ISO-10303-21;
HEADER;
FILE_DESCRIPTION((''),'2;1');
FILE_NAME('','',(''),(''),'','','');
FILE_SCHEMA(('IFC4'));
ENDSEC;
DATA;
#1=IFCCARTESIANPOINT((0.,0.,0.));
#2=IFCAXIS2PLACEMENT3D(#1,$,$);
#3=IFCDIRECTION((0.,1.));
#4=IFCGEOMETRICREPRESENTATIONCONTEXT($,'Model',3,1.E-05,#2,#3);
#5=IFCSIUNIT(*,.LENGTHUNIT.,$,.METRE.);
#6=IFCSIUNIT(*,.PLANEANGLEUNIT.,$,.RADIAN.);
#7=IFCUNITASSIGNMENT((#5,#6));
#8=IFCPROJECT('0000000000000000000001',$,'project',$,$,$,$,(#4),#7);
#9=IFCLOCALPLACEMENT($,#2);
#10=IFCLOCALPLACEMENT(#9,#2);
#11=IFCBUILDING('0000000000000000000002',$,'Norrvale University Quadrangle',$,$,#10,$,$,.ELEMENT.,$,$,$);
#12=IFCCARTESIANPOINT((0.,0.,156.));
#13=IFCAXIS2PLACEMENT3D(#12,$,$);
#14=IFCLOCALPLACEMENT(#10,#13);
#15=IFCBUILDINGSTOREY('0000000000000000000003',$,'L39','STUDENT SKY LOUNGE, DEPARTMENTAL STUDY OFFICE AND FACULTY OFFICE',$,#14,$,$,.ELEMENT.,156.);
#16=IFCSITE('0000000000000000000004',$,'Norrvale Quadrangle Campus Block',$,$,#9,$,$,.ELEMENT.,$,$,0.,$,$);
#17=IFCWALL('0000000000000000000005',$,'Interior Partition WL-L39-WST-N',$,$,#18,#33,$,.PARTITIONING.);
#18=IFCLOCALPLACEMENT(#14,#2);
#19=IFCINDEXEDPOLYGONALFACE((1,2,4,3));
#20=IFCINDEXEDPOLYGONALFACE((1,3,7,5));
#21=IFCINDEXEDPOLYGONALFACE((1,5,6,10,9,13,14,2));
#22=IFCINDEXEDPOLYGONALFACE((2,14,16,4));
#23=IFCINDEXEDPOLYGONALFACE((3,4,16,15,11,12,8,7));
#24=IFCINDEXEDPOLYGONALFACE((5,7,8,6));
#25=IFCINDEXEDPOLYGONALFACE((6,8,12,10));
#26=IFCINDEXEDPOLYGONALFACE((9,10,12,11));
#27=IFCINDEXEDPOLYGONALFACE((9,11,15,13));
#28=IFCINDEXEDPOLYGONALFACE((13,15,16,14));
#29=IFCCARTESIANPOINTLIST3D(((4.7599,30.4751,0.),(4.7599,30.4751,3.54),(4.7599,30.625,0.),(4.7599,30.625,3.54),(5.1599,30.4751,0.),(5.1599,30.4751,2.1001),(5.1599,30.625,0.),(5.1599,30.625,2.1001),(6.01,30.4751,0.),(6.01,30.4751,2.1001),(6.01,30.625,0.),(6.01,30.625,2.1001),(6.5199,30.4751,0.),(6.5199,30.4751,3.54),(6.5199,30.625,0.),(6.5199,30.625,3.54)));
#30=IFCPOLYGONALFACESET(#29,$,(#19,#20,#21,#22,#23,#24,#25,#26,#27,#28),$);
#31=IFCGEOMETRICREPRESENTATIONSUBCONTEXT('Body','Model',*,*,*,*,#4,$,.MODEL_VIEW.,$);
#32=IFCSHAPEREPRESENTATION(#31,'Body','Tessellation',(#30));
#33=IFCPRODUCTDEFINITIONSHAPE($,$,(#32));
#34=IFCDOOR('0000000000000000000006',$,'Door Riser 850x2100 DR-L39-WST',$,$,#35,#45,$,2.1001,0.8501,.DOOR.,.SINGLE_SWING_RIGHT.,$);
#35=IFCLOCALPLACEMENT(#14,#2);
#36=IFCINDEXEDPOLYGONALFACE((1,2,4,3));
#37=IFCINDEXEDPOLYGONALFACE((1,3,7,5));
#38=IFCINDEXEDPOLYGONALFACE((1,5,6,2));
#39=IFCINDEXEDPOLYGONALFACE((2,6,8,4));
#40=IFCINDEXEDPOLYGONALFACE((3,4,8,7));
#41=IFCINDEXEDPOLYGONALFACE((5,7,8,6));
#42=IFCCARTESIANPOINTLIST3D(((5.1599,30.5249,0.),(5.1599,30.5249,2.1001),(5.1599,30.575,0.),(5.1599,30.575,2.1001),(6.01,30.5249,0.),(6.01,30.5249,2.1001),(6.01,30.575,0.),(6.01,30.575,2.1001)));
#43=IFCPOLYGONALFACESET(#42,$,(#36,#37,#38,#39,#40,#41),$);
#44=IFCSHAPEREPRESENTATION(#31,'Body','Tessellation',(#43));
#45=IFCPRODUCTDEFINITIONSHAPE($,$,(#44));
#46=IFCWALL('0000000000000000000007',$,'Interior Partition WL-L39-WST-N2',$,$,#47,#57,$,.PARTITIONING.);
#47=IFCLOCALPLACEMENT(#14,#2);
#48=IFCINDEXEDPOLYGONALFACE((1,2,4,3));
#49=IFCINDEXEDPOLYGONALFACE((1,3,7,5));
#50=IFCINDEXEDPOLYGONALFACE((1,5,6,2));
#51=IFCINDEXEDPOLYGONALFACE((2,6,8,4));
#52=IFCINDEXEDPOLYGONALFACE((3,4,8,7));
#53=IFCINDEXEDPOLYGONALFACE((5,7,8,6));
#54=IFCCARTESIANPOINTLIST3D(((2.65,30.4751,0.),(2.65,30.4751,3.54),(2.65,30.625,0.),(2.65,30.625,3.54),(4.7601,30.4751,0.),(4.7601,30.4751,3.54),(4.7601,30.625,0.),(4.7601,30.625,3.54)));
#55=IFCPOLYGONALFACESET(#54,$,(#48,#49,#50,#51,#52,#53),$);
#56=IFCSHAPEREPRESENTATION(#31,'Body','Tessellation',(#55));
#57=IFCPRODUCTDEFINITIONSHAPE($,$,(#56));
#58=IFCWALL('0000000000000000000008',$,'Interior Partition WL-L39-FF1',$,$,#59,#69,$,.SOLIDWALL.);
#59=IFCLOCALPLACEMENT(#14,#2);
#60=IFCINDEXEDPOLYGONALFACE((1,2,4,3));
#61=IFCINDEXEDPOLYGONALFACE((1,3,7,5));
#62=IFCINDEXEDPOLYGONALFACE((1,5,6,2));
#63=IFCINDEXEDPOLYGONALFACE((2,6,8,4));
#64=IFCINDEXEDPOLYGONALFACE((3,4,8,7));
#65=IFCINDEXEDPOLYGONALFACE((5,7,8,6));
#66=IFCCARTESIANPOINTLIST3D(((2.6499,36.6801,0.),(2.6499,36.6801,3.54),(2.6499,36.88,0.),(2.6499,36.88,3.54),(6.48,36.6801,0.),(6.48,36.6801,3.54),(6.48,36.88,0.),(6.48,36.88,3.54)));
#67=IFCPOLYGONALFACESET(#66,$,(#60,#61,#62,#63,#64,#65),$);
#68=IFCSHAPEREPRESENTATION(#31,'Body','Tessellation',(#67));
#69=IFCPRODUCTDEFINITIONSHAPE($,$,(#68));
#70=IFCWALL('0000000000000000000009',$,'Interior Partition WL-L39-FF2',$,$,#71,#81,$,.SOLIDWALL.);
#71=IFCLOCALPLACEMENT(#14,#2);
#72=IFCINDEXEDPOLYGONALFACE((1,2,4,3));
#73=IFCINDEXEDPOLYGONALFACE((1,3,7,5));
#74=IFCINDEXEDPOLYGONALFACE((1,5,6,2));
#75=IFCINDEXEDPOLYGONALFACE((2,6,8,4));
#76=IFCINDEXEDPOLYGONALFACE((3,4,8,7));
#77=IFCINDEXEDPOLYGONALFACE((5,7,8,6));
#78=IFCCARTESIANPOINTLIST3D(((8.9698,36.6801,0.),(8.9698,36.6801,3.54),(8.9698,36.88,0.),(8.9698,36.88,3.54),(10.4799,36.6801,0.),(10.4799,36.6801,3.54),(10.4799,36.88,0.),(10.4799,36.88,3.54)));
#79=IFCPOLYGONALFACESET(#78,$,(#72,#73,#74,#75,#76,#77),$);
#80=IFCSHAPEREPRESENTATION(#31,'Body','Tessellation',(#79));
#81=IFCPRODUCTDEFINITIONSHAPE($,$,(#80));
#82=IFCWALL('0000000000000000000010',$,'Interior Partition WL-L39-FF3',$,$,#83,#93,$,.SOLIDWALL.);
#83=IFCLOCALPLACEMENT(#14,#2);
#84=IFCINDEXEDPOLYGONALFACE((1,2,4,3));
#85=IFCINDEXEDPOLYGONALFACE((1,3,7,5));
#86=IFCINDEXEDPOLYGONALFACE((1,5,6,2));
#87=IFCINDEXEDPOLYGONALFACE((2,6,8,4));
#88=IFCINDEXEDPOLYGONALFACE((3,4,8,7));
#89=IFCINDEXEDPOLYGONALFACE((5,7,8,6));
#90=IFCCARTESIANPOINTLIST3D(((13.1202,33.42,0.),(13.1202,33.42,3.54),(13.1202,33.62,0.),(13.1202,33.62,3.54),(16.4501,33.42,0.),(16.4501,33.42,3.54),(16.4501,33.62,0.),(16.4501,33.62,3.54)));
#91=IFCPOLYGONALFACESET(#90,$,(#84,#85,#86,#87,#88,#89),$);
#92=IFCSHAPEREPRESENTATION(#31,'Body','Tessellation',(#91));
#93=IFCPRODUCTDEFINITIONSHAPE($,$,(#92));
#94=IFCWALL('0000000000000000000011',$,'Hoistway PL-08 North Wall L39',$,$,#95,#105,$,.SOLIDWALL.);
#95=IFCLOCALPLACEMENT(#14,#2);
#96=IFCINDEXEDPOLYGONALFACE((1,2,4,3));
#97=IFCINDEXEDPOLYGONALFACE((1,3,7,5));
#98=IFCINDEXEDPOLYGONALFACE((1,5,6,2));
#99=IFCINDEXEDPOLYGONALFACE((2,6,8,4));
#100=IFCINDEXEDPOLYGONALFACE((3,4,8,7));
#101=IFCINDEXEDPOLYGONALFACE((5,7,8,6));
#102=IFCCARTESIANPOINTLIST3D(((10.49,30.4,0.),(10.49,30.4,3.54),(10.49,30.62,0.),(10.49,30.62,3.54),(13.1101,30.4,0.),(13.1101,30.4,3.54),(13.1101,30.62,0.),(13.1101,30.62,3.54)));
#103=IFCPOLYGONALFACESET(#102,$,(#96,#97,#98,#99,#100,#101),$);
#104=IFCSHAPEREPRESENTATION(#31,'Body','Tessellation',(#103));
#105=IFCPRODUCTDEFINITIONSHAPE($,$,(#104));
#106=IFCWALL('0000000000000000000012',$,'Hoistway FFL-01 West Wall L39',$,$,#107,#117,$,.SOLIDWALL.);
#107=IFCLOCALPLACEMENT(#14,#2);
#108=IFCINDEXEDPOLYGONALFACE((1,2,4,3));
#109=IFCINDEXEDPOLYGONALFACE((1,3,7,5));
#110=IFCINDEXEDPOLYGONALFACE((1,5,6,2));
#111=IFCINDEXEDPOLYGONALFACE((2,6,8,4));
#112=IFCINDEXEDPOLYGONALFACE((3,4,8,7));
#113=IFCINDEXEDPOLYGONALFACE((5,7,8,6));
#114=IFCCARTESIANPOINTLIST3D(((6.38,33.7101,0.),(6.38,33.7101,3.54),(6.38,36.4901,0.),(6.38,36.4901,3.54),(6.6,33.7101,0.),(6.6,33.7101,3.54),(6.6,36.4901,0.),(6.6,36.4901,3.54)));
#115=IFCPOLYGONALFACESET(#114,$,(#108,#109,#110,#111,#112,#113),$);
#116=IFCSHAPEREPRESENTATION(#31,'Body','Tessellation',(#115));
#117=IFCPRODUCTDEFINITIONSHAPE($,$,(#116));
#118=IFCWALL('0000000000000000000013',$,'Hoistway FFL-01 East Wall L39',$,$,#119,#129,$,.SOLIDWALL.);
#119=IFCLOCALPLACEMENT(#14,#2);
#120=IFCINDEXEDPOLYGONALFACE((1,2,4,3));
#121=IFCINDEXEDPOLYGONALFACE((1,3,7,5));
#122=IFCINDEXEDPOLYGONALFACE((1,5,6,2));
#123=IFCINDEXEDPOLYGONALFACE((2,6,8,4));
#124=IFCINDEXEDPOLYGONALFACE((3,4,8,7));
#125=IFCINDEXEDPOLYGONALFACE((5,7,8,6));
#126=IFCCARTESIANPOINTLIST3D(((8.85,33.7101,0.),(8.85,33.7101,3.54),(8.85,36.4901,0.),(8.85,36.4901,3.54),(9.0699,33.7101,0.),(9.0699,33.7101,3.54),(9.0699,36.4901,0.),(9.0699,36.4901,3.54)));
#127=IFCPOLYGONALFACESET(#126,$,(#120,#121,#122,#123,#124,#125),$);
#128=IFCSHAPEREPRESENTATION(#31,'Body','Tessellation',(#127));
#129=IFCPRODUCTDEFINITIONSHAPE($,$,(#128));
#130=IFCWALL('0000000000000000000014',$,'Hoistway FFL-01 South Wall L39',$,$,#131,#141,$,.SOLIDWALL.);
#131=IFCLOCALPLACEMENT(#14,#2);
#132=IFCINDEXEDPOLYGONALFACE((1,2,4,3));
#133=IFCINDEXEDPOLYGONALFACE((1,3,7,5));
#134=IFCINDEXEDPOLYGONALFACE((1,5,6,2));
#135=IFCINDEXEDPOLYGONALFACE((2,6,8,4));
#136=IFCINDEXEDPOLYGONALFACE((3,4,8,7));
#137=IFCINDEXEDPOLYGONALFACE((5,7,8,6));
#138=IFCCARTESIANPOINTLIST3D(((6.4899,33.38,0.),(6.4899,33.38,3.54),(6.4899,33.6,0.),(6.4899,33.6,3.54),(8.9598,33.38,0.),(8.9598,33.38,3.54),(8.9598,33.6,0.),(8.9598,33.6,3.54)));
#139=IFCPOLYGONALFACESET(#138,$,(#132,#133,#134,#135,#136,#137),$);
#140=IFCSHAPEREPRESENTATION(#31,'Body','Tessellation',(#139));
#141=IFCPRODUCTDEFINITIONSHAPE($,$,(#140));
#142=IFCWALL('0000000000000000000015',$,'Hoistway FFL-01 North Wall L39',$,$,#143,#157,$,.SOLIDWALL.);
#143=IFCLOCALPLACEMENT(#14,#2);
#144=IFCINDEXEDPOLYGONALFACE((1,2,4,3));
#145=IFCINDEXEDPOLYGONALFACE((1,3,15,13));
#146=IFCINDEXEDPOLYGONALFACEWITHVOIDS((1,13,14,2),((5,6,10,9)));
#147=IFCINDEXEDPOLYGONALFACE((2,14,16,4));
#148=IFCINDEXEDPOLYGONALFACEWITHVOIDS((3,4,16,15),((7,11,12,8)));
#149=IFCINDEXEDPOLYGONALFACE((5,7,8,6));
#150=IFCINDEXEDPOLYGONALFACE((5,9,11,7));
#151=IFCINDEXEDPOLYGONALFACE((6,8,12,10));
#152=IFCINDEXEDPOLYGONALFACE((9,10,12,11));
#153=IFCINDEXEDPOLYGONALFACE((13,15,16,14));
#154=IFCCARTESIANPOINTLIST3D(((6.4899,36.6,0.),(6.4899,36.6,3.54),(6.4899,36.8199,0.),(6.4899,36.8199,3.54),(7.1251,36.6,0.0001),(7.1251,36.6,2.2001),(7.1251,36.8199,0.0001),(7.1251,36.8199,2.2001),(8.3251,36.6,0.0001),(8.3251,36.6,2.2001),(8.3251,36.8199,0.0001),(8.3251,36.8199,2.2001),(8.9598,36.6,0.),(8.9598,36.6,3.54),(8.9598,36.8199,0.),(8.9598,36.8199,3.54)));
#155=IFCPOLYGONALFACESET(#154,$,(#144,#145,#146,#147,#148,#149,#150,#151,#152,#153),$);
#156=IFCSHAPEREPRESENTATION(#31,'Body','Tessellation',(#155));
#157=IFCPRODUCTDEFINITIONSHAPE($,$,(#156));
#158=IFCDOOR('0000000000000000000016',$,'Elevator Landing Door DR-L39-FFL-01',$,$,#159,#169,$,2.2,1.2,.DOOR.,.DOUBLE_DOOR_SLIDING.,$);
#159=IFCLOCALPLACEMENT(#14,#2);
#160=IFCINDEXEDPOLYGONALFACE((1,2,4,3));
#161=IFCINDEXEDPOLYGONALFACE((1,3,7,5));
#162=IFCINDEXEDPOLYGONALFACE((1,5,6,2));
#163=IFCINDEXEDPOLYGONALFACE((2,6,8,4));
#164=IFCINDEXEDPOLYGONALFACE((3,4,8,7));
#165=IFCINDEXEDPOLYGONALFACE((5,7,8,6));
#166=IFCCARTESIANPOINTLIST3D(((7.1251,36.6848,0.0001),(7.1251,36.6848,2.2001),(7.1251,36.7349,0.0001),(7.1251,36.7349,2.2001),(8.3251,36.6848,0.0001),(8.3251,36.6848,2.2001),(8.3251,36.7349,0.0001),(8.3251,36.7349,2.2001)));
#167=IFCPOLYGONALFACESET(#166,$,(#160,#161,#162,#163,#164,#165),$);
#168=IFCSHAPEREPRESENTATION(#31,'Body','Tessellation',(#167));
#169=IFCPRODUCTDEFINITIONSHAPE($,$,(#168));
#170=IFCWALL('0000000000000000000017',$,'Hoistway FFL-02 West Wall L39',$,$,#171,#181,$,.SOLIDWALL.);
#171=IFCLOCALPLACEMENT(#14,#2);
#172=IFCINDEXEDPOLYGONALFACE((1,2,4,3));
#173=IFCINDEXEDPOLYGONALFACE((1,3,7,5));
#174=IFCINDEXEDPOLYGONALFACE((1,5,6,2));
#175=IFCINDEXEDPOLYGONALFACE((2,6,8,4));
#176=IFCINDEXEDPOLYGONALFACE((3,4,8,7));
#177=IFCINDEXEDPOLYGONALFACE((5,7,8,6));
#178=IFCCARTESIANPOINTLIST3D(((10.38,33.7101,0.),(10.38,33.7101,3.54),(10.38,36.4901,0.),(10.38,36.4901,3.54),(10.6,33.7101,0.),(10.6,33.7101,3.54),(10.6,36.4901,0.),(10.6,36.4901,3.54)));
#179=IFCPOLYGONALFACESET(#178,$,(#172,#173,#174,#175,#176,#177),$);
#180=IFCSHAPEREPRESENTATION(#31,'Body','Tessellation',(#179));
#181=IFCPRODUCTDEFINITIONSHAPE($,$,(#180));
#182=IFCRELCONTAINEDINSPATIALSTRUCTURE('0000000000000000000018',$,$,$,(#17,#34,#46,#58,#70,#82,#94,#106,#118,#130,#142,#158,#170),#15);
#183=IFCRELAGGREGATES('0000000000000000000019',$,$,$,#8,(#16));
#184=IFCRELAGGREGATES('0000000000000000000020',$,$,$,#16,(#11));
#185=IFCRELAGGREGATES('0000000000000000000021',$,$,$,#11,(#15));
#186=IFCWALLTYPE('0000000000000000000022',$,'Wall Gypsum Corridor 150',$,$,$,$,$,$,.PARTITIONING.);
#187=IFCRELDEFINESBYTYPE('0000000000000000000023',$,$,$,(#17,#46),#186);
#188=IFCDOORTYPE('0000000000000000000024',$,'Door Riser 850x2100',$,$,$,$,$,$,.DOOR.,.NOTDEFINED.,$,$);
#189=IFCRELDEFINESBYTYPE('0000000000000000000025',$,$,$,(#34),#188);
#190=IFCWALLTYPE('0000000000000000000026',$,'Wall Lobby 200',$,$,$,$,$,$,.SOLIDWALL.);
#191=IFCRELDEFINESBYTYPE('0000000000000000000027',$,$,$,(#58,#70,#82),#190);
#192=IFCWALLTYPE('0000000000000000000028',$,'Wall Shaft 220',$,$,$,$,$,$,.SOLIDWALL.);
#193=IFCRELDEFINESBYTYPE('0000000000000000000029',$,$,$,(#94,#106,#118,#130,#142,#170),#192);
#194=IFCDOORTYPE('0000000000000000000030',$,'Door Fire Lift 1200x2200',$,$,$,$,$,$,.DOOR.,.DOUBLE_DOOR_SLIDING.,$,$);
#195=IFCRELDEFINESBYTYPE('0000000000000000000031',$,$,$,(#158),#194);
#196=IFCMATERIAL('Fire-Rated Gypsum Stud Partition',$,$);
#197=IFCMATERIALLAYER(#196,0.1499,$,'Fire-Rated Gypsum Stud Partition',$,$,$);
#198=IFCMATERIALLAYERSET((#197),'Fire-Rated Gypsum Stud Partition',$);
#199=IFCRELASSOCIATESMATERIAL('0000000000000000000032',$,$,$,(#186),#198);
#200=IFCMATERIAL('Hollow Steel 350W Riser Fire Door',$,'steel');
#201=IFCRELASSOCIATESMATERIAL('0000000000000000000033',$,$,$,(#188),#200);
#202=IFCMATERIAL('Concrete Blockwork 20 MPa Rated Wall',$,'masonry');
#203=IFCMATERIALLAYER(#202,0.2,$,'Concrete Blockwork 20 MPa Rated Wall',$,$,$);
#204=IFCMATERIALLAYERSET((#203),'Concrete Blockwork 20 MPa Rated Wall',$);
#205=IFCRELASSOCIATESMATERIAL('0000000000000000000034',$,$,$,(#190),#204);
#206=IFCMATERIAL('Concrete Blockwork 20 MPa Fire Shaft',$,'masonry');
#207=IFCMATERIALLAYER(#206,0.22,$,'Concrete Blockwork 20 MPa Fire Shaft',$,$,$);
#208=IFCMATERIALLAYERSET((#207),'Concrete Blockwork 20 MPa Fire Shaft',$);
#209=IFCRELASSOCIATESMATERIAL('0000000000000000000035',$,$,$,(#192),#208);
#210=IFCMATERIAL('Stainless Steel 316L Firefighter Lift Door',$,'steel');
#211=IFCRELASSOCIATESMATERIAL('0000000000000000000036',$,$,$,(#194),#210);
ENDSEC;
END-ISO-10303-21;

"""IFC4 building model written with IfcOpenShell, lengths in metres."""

from ifc_helpers import new_model, si_unit, direction, frame, frame_2d, origin, place, context, subcontext, project, spatial, rectangle, extrude, material, layer, layer_set, type_object, element, fill, save


model = new_model("IFC4")

# Units and contexts
model_context = context("Model", 3, precision=1e-05, world=origin(), true_north=direction((0.0, 1.0)))
body_context = subcontext(model_context, "Body", "Model", "MODEL_VIEW")
ifc_project = project(units=[si_unit("LENGTHUNIT", "METRE"), si_unit("PLANEANGLEUNIT", "RADIAN")], contexts=[model_context])

# Site, building, storey
site_placement = place(None, origin())
site = spatial("IfcSite", under=ifc_project, at=site_placement, Name="Norrvale Quadrangle Campus Block", CompositionType="ELEMENT", RefElevation=0.0)
building_placement = place(site_placement, origin())
building = spatial("IfcBuilding", under=site, at=building_placement, Name="Norrvale University Quadrangle", CompositionType="ELEMENT")
storey_placement = place(building_placement, frame((0.0, 0.0, 156.0)))
storey = spatial("IfcBuildingStorey", under=building, at=storey_placement, Name="L39", Description="STUDENT SKY LOUNGE, DEPARTMENTAL STUDY OFFICE AND FACULTY OFFICE", CompositionType="ELEMENT", Elevation=156.0)

# Shared definitions
ifc_material_1 = material(Name="Fire-Rated Gypsum Stud Partition")
ifc_layer_1 = layer(ifc_material_1, 0.1499, Name="Fire-Rated Gypsum Stud Partition")
ifc_layer_set_1 = layer_set([ifc_layer_1], Name="Fire-Rated Gypsum Stud Partition")
wall_type_1 = type_object("IfcWallType", Name="Wall Gypsum Corridor 150", PredefinedType="PARTITIONING", material=ifc_layer_set_1)

# Wall, opening, door
ifc_material_2 = material(Name="Hollow Steel 350W Riser Fire Door", Category="steel")
door_type_1 = type_object("IfcDoorType", Name="Door Riser 850x2100", OperationType="NOTDEFINED", PredefinedType="DOOR", material=ifc_material_2)
wall_1_placement = place(storey_placement, frame((4.76, 30.55, 0.0), z_axis=(0.0, 0.0, 1.0), x_axis=(1.0, 0.0, 0.0)))
wall_1 = element("IfcWall", 1, at=wall_1_placement, inside=storey, type_object=wall_type_1, Name="Interior Partition WL-L39-WST-N", PredefinedType="PARTITIONING", context=body_context, shape_type="SweptSolid", body=[
    extrude(rectangle(XDim=1.76, YDim=0.1499, at=frame_2d((0.8799, 0.0))), origin(), (0.0, 0.0, 1.0), 3.54),
])
opening_1_placement = place(wall_1_placement, frame((0.3999, 0.0, 0.0)))
opening_1 = element("IfcOpeningElement", 2, at=opening_1_placement, cuts=wall_1, PredefinedType="OPENING", context=body_context, shape_type="SweptSolid", body=[
    extrude(rectangle(XDim=0.8501, YDim=2.1001, at=frame_2d((0.425, 1.05))), frame((0.0, 0.0869, 0.0), z_axis=(0.0, -1.0, 0.0), x_axis=(1.0, 0.0, 0.0)), (0.0, 0.0, 1.0), 0.1738),
])
door_1_placement = place(opening_1_placement, origin())
door_1 = element("IfcDoor", 3, at=door_1_placement, inside=storey, type_object=door_type_1, Name="Door Riser 850x2100 DR-L39-WST", OperationType="SINGLE_SWING_RIGHT", OverallHeight=2.1001, OverallWidth=0.8501, PredefinedType="DOOR", context=body_context, shape_type="SweptSolid", body=[
    extrude(rectangle(XDim=0.8501, YDim=2.1001, at=frame_2d((0.425, 1.05))), frame((0.0, 0.0249, 0.0), z_axis=(0.0, -1.0, 0.0), x_axis=(1.0, 0.0, 0.0)), (0.0, 0.0, 1.0), 0.05),
])
fill(opening_1, door_1)

# Walls
wall_2_placement = place(storey_placement, frame((2.6499, 30.55, 0.0), z_axis=(0.0, 0.0, 1.0), x_axis=(1.0, 0.0, 0.0)))
element("IfcWall", 4, at=wall_2_placement, inside=storey, type_object=wall_type_1, Name="Interior Partition WL-L39-WST-N2", PredefinedType="PARTITIONING", context=body_context, shape_type="SweptSolid", body=[
    extrude(rectangle(XDim=2.1101, YDim=0.1499, at=frame_2d((1.0552, 0.0))), origin(), (0.0, 0.0, 1.0), 3.54),
])
ifc_material_3 = material(Name="Concrete Blockwork 20 MPa Rated Wall", Category="masonry")
ifc_layer_2 = layer(ifc_material_3, 0.2, Name="Concrete Blockwork 20 MPa Rated Wall")
ifc_layer_set_2 = layer_set([ifc_layer_2], Name="Concrete Blockwork 20 MPa Rated Wall")
wall_type_2 = type_object("IfcWallType", Name="Wall Lobby 200", PredefinedType="SOLIDWALL", material=ifc_layer_set_2)
wall_3_placement = place(storey_placement, frame((2.6499, 36.78, 0.0), z_axis=(0.0, 0.0, 1.0), x_axis=(1.0, 0.0, 0.0)))
element("IfcWall", 5, at=wall_3_placement, inside=storey, type_object=wall_type_2, Name="Interior Partition WL-L39-FF1", PredefinedType="SOLIDWALL", context=body_context, shape_type="SweptSolid", body=[
    extrude(rectangle(XDim=3.8301, YDim=0.2, at=frame_2d((1.915, 0.0))), origin(), (0.0, 0.0, 1.0), 3.54),
])
wall_4_placement = place(storey_placement, frame((8.97, 36.78, 0.0), z_axis=(0.0, 0.0, 1.0), x_axis=(1.0, 0.0, 0.0)))
element("IfcWall", 6, at=wall_4_placement, inside=storey, type_object=wall_type_2, Name="Interior Partition WL-L39-FF2", PredefinedType="SOLIDWALL", context=body_context, shape_type="SweptSolid", body=[
    extrude(rectangle(XDim=1.51, YDim=0.2, at=frame_2d((0.7549, 0.0))), origin(), (0.0, 0.0, 1.0), 3.54),
])
wall_5_placement = place(storey_placement, frame((13.1201, 33.52, 0.0), z_axis=(0.0, 0.0, 1.0), x_axis=(1.0, 0.0, 0.0)))
element("IfcWall", 7, at=wall_5_placement, inside=storey, type_object=wall_type_2, Name="Interior Partition WL-L39-FF3", PredefinedType="SOLIDWALL", context=body_context, shape_type="SweptSolid", body=[
    extrude(rectangle(XDim=3.3298, YDim=0.2, at=frame_2d((1.665, 0.0))), origin(), (0.0, 0.0, 1.0), 3.54),
])
ifc_material_4 = material(Name="Concrete Blockwork 20 MPa Fire Shaft", Category="masonry")
ifc_layer_3 = layer(ifc_material_4, 0.22, Name="Concrete Blockwork 20 MPa Fire Shaft")
ifc_layer_set_3 = layer_set([ifc_layer_3], Name="Concrete Blockwork 20 MPa Fire Shaft")
wall_type_3 = type_object("IfcWallType", Name="Wall Shaft 220", PredefinedType="SOLIDWALL", material=ifc_layer_set_3)
wall_6_placement = place(storey_placement, frame((10.49, 30.51, 0.0), z_axis=(0.0, 0.0, 1.0), x_axis=(1.0, 0.0, 0.0)))
element("IfcWall", 8, at=wall_6_placement, inside=storey, type_object=wall_type_3, Name="Hoistway PL-08 North Wall L39", PredefinedType="SOLIDWALL", context=body_context, shape_type="SweptSolid", body=[
    extrude(rectangle(XDim=2.6201, YDim=0.22, at=frame_2d((1.3101, 0.0))), origin(), (0.0, 0.0, 1.0), 3.54),
])
for number, where, z_axis, x_axis, name in (
    (9, (6.49, 33.71, 0.0), (0.0, 0.0, 1.0), (0.0, 1.0, 0.0), "Hoistway FFL-01 West Wall L39"),
    (10, (8.96, 33.71, 0.0), (0.0, 0.0, 1.0), (0.0, 1.0, 0.0), "Hoistway FFL-01 East Wall L39"),
):
    element("IfcWall", number, at=place(storey_placement, frame(where, z_axis=z_axis, x_axis=x_axis)), inside=storey, type_object=wall_type_3, Name=name, PredefinedType="SOLIDWALL", context=body_context, shape_type="SweptSolid", body=[
        extrude(rectangle(XDim=2.78, YDim=0.22, at=frame_2d((1.3901, 0.0))), origin(), (0.0, 0.0, 1.0), 3.54),
    ])
wall_7_placement = place(storey_placement, frame((6.49, 33.49, 0.0), z_axis=(0.0, 0.0, 1.0), x_axis=(1.0, 0.0, 0.0)))
element("IfcWall", 11, at=wall_7_placement, inside=storey, type_object=wall_type_3, Name="Hoistway FFL-01 South Wall L39", PredefinedType="SOLIDWALL", context=body_context, shape_type="SweptSolid", body=[
    extrude(rectangle(XDim=2.47, YDim=0.22, at=frame_2d((1.2349, 0.0))), origin(), (0.0, 0.0, 1.0), 3.54),
])

# Wall, opening, door
wall_8_placement = place(storey_placement, frame((6.49, 36.71, 0.0), z_axis=(0.0, 0.0, 1.0), x_axis=(1.0, 0.0, 0.0)))
wall_8 = element("IfcWall", 12, at=wall_8_placement, inside=storey, type_object=wall_type_3, Name="Hoistway FFL-01 North Wall L39", PredefinedType="SOLIDWALL", context=body_context, shape_type="SweptSolid", body=[
    extrude(rectangle(XDim=2.47, YDim=0.22, at=frame_2d((1.2349, 0.0))), origin(), (0.0, 0.0, 1.0), 3.54),
])
opening_2_placement = place(wall_8_placement, frame((0.635, 0.0, 0.0)))
opening_2 = element("IfcOpeningElement", 13, at=opening_2_placement, cuts=wall_8, PredefinedType="OPENING", context=body_context, shape_type="SweptSolid", body=[
    extrude(rectangle(XDim=1.2, YDim=2.2, at=frame_2d((0.6001, 1.1001))), frame((0.0, 0.1221, 0.0), z_axis=(0.0, -1.0, 0.0), x_axis=(1.0, 0.0, 0.0)), (0.0, 0.0, 1.0), 0.2439),
])
ifc_material_5 = material(Name="Stainless Steel 316L Firefighter Lift Door", Category="steel")
door_type_2 = type_object("IfcDoorType", Name="Door Fire Lift 1200x2200", OperationType="DOUBLE_DOOR_SLIDING", PredefinedType="DOOR", material=ifc_material_5)
door_2_placement = place(opening_2_placement, origin())
door_2 = element("IfcDoor", 14, at=door_2_placement, inside=storey, type_object=door_type_2, Name="Elevator Landing Door DR-L39-FFL-01", OperationType="DOUBLE_DOOR_SLIDING", OverallHeight=2.2, OverallWidth=1.2, PredefinedType="DOOR", context=body_context, shape_type="SweptSolid", body=[
    extrude(rectangle(XDim=1.2, YDim=2.2, at=frame_2d((0.6001, 1.1001))), frame((0.0, 0.0249, 0.0), z_axis=(0.0, -1.0, 0.0), x_axis=(1.0, 0.0, 0.0)), (0.0, 0.0, 1.0), 0.05),
])
fill(opening_2, door_2)

# Wall
for number, where, z_axis, x_axis, name in (
    (15, (10.49, 33.71, 0.0), (0.0, 0.0, 1.0), (0.0, 1.0, 0.0), "Hoistway FFL-02 West Wall L39"),
):
    element("IfcWall", number, at=place(storey_placement, frame(where, z_axis=z_axis, x_axis=x_axis)), inside=storey, type_object=wall_type_3, Name=name, PredefinedType="SOLIDWALL", context=body_context, shape_type="SweptSolid", body=[
        extrude(rectangle(XDim=2.78, YDim=0.22, at=frame_2d((1.3901, 0.0))), origin(), (0.0, 0.0, 1.0), 3.54),
    ])

save(model, "model.ifc")
